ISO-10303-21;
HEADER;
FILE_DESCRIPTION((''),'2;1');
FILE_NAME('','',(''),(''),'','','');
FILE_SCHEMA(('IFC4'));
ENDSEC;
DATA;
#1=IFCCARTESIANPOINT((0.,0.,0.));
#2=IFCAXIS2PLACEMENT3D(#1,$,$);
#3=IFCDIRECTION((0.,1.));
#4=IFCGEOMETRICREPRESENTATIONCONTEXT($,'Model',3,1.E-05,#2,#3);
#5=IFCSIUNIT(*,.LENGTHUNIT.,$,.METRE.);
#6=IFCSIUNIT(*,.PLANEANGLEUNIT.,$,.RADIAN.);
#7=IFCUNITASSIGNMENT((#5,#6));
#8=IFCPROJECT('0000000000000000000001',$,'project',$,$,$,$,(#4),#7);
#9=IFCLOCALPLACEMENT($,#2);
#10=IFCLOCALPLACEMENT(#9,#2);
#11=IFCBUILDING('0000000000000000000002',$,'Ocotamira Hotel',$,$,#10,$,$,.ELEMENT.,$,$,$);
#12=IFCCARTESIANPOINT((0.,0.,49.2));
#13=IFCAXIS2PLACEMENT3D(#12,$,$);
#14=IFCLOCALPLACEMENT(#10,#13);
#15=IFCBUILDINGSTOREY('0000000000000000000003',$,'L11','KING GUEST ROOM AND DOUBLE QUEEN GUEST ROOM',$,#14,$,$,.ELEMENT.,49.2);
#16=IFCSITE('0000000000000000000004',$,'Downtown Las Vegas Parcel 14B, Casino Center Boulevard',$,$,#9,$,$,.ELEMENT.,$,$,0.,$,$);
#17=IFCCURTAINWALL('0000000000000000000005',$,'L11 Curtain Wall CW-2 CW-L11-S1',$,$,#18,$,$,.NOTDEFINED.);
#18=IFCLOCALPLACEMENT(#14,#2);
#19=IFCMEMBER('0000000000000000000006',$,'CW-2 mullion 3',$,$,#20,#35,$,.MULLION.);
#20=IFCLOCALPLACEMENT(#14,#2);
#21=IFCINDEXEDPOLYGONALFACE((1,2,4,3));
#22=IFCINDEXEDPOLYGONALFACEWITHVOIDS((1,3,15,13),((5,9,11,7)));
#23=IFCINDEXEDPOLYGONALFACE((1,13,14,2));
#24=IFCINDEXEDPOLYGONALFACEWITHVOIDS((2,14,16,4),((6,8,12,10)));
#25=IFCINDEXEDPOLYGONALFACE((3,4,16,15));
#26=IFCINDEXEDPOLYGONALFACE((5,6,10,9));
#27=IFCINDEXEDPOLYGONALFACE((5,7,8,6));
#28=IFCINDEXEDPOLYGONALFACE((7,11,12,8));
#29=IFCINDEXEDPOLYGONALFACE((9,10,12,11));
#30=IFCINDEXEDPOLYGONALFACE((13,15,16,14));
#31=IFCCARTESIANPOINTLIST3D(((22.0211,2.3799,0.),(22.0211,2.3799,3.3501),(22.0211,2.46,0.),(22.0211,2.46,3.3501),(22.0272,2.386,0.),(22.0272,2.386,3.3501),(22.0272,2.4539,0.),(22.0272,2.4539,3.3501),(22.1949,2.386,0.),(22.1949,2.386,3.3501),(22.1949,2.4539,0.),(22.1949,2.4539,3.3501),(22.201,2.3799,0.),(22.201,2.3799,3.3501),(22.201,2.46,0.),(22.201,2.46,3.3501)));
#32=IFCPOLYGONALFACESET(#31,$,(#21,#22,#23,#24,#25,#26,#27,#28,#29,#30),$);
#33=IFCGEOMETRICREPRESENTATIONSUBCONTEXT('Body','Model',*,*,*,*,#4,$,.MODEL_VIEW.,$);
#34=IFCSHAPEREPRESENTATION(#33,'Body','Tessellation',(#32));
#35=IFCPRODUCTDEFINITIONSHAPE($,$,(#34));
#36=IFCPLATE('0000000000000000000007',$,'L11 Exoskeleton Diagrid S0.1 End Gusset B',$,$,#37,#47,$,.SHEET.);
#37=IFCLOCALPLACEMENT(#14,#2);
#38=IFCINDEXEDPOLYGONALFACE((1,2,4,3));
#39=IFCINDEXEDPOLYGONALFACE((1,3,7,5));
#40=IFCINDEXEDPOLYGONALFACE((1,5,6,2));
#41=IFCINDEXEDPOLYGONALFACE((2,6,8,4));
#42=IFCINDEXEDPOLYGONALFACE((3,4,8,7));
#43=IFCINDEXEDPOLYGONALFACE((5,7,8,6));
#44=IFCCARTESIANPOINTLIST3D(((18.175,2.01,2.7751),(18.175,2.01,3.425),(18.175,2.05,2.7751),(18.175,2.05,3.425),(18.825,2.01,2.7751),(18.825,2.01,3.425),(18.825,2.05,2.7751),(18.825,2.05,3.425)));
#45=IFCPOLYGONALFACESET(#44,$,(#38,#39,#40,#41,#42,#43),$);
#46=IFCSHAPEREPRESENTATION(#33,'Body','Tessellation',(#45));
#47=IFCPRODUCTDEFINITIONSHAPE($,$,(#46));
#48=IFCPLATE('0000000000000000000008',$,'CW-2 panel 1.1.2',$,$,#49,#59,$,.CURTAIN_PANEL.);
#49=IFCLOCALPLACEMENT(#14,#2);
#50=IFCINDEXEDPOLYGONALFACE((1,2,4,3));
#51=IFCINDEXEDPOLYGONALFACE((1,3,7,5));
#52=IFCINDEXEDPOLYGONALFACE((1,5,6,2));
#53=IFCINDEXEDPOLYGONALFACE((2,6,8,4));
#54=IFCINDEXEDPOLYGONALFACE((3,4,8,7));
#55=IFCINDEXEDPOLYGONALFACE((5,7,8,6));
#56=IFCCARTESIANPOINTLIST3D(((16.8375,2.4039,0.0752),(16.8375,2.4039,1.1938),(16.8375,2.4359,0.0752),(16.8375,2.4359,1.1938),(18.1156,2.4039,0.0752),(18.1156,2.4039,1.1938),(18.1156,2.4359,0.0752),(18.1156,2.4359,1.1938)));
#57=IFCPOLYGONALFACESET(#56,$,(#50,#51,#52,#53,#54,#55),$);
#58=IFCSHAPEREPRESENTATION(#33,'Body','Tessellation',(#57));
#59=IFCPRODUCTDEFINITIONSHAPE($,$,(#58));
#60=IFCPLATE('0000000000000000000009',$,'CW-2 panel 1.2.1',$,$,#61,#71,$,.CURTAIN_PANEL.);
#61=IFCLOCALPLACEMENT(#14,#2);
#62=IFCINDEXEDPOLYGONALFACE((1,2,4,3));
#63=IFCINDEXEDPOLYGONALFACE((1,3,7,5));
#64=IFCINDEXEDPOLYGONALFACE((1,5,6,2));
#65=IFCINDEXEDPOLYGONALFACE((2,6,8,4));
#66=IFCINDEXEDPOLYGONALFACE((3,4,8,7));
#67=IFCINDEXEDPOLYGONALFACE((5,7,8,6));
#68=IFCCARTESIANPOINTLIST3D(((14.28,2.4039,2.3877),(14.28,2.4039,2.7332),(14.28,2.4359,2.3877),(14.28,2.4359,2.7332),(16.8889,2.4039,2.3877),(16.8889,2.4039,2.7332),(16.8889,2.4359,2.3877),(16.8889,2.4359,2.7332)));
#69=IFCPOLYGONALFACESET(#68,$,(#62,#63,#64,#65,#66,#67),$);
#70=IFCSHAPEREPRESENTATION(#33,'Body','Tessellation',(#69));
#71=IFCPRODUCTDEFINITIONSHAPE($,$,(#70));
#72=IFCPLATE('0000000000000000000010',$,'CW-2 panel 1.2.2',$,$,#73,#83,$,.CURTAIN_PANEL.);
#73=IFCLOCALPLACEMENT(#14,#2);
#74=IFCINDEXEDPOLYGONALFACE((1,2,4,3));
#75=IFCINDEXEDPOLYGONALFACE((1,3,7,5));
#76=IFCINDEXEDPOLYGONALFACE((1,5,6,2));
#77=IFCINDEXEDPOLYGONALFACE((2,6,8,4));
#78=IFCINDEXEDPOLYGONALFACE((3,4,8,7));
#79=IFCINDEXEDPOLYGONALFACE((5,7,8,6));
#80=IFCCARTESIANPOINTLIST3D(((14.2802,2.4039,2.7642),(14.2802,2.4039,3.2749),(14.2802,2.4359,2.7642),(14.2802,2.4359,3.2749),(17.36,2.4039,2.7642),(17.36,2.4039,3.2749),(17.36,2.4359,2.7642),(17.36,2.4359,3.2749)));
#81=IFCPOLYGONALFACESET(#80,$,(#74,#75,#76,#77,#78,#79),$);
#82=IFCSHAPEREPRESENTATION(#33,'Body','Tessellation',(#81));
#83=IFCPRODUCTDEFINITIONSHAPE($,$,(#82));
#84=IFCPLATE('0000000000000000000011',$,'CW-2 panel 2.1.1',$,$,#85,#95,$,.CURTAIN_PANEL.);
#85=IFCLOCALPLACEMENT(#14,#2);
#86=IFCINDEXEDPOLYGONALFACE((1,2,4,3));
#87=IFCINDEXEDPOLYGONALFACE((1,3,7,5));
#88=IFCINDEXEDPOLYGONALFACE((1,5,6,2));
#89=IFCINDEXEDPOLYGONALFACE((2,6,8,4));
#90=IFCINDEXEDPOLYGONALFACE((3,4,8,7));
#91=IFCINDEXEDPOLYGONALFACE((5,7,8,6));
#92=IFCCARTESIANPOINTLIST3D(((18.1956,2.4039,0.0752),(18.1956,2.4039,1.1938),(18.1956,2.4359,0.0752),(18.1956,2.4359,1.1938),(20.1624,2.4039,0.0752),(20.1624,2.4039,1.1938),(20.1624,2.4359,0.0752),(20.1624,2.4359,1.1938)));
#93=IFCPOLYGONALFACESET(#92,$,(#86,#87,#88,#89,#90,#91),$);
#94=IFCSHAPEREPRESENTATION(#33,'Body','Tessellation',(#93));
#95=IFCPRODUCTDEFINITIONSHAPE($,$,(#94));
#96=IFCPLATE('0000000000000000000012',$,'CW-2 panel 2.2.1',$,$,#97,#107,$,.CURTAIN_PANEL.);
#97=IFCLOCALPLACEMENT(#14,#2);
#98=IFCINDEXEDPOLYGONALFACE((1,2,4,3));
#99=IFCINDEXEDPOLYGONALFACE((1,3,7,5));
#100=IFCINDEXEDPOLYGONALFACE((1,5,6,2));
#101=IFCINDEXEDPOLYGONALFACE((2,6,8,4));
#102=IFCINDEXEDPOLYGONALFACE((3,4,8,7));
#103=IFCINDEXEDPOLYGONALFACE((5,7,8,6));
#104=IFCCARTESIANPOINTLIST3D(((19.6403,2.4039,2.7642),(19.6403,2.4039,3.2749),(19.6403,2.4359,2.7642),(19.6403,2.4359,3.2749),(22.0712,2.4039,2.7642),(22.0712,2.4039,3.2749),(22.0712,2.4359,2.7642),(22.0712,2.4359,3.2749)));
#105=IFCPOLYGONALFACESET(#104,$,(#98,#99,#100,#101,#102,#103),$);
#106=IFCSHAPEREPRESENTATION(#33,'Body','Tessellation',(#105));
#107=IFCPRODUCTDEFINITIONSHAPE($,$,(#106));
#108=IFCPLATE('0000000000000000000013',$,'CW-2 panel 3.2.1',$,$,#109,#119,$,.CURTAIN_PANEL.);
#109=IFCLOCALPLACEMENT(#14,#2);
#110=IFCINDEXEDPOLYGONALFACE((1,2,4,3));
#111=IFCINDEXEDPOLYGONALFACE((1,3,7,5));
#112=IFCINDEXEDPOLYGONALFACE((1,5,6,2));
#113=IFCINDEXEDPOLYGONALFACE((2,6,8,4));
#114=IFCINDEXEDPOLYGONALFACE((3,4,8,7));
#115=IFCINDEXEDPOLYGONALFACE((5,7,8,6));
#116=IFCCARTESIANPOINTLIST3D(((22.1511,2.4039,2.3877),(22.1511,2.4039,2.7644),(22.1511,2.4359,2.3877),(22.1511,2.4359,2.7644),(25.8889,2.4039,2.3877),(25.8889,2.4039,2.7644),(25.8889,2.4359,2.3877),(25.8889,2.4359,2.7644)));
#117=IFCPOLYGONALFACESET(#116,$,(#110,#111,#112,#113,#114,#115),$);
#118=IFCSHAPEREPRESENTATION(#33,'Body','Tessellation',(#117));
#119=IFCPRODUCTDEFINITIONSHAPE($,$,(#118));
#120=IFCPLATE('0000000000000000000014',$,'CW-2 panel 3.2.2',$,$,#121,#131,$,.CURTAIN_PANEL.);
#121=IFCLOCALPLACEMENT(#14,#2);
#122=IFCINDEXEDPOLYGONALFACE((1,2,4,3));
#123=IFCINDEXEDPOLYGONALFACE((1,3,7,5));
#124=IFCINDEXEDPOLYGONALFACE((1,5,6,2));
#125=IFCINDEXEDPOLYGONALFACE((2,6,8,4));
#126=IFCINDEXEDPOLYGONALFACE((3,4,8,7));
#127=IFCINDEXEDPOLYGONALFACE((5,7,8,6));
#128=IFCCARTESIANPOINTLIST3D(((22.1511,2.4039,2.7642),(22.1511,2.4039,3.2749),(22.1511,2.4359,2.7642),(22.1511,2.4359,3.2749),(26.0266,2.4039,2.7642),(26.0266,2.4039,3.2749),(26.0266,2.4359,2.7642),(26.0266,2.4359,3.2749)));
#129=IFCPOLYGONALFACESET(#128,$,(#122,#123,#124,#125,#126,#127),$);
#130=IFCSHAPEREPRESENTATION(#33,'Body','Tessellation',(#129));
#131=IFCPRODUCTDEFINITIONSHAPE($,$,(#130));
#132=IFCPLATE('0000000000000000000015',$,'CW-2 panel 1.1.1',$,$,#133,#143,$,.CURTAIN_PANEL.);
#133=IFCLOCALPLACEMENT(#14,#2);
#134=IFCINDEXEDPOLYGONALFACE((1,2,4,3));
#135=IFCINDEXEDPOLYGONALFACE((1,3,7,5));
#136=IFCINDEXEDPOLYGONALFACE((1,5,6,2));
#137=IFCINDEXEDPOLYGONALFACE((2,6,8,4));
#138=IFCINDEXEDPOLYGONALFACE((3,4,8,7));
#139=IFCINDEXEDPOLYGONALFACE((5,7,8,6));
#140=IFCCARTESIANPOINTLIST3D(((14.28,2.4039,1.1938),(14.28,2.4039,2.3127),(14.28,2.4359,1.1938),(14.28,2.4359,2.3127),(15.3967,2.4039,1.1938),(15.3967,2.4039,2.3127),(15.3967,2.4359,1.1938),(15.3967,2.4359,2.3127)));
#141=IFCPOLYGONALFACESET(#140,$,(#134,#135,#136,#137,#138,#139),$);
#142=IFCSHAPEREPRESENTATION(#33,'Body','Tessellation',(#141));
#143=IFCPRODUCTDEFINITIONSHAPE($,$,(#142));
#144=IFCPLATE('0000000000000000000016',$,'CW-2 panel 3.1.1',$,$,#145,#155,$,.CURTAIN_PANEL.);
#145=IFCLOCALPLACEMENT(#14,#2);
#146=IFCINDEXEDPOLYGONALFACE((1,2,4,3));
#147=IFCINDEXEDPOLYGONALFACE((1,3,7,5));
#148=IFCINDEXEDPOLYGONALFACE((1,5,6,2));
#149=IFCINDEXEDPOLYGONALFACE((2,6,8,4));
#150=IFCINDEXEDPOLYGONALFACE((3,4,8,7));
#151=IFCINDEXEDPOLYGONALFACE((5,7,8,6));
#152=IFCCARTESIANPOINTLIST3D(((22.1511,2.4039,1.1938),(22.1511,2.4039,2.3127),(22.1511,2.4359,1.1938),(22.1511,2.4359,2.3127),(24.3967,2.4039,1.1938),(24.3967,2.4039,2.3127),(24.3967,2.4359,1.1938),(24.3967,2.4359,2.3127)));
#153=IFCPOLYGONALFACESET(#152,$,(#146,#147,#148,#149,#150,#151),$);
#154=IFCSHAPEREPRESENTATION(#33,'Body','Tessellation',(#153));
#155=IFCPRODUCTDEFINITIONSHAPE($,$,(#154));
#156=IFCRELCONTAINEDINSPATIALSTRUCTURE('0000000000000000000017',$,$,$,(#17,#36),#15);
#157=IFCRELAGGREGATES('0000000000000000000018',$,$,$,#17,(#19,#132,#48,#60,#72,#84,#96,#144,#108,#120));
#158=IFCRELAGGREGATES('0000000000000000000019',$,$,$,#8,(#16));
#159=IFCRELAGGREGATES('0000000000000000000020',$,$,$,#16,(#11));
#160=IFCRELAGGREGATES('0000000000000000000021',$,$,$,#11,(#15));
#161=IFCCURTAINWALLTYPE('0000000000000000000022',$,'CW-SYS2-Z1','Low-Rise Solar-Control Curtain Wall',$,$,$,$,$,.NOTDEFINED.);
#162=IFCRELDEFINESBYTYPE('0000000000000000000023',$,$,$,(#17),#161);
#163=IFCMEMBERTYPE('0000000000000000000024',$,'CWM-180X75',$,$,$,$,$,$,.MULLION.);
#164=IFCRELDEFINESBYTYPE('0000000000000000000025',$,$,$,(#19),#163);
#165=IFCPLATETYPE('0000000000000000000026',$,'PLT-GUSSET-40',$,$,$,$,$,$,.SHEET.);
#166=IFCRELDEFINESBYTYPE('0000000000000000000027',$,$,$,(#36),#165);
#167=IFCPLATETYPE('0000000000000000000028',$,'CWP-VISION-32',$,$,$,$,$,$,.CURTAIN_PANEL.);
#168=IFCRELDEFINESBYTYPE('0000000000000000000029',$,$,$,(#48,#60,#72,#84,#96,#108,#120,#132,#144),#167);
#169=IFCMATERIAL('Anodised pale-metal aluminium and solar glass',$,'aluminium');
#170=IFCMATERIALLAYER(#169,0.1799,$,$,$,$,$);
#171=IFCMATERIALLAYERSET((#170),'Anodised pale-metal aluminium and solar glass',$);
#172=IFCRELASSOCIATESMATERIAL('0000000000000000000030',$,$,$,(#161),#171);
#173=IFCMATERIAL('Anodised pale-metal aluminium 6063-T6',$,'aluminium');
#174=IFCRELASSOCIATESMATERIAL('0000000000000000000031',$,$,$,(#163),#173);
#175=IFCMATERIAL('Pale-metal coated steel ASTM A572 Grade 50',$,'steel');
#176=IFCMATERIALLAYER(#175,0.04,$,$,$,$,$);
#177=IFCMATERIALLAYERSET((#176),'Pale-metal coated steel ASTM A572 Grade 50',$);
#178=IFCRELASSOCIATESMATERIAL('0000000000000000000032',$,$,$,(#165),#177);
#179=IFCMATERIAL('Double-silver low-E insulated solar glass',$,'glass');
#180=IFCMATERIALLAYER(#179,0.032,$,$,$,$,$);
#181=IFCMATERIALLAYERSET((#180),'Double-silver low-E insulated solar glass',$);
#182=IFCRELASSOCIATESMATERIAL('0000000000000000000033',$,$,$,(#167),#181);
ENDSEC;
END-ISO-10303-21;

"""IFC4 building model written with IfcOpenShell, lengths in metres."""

from ifc_helpers import new_model, si_unit, direction, frame, origin, origin_2d, place, context, subcontext, project, spatial, rectangle, hollow_rectangle, extrude, source, transform, mapped, material, layer, layer_set, material_profile, profile_set, type_object, element, aggregate, save


model = new_model("IFC4")

# Units and contexts
model_context = context("Model", 3, precision=1e-05, world=origin(), true_north=direction((0.0, 1.0)))
body_context = subcontext(model_context, "Body", "Model", "MODEL_VIEW")
ifc_project = project(units=[si_unit("LENGTHUNIT", "METRE"), si_unit("PLANEANGLEUNIT", "RADIAN")], contexts=[model_context])

# Site, building, storey
site_placement = place(None, origin())
site = spatial("IfcSite", under=ifc_project, at=site_placement, Name="Downtown Las Vegas Parcel 14B, Casino Center Boulevard", CompositionType="ELEMENT", RefElevation=0.0)
building_placement = place(site_placement, origin())
building = spatial("IfcBuilding", under=site, at=building_placement, Name="Ocotamira Hotel", CompositionType="ELEMENT")
storey_placement = place(building_placement, frame((0.0, 0.0, 49.2)))
storey = spatial("IfcBuildingStorey", under=building, at=storey_placement, Name="L11", Description="KING GUEST ROOM AND DOUBLE QUEEN GUEST ROOM", CompositionType="ELEMENT", Elevation=49.2)

# Curtain wall, member
ifc_material_1 = material(Name="Anodised pale-metal aluminium and solar glass", Category="aluminium")
ifc_layer_1 = layer(ifc_material_1, 0.1799)
ifc_layer_set_1 = layer_set([ifc_layer_1], Name="Anodised pale-metal aluminium and solar glass")
curtain_wall_type = type_object("IfcCurtainWallType", Name="CW-SYS2-Z1", Description="Low-Rise Solar-Control Curtain Wall", PredefinedType="NOTDEFINED", material=ifc_layer_set_1)
curtain_wall_placement = place(storey_placement, origin())
curtain_wall = element("IfcCurtainWall", 1, at=curtain_wall_placement, inside=storey, type_object=curtain_wall_type, Name="L11 Curtain Wall CW-2 CW-L11-S1", PredefinedType="NOTDEFINED")
ifc_material_2 = material(Name="Anodised pale-metal aluminium 6063-T6", Category="aluminium")
ifc_material_profile_1 = material_profile(ifc_material_2, hollow_rectangle(XDim=0.0801, YDim=0.1799, WallThickness=0.0061, at=origin_2d()), Name="HSS180X80X6")
ifc_profile_set_1 = profile_set([ifc_material_profile_1], Name="Anodised pale-metal aluminium 6063-T6")
member_type_1 = type_object("IfcMemberType", Name="CWM-180X75", PredefinedType="MULLION", material=ifc_profile_set_1)
shared_shape_1 = source(origin(), body_context, "Body", "SweptSolid", [
    extrude(hollow_rectangle(XDim=0.0801, YDim=0.1799, WallThickness=0.0061, at=origin_2d()), origin(), (0.0, 0.0, 1.0), 3.3501),
])
member_1_placement = place(storey_placement, frame((22.1111, 2.4199, 0.0), z_axis=(0.0, 0.0, 1.0), x_axis=(0.0, 1.0, 0.0)))
member_1 = element("IfcMember", 2, at=member_1_placement, type_object=member_type_1, Name="CW-2 mullion 3", PredefinedType="MULLION", context=body_context, shape_type="MappedRepresentation", body=[
    mapped(shared_shape_1, transform((0.0, 0.0, 0.0), scale=1.0)),
])

# Plates
ifc_material_3 = material(Name="Pale-metal coated steel ASTM A572 Grade 50", Category="steel")
ifc_layer_2 = layer(ifc_material_3, 0.04)
ifc_layer_set_2 = layer_set([ifc_layer_2], Name="Pale-metal coated steel ASTM A572 Grade 50")
plate_type_1 = type_object("IfcPlateType", Name="PLT-GUSSET-40", PredefinedType="SHEET", material=ifc_layer_set_2)
shared_shape_2 = source(origin(), body_context, "Body", "SweptSolid", [
    extrude(rectangle(XDim=0.6499, YDim=0.04, at=origin_2d()), origin(), (0.0, 0.0, 1.0), 0.6499),
])
plate_1_placement = place(storey_placement, frame((18.5, 2.03, 2.7751), z_axis=(0.0, 0.0, 1.0), x_axis=(1.0, 0.0, 0.0)))
element("IfcPlate", 3, at=plate_1_placement, inside=storey, type_object=plate_type_1, Name="L11 Exoskeleton Diagrid S0.1 End Gusset B", PredefinedType="SHEET", context=body_context, shape_type="MappedRepresentation", body=[
    mapped(shared_shape_2, transform((0.0, 0.0, 0.0), scale=1.0)),
])
ifc_material_4 = material(Name="Double-silver low-E insulated solar glass", Category="glass")
ifc_layer_3 = layer(ifc_material_4, 0.032)
ifc_layer_set_3 = layer_set([ifc_layer_3], Name="Double-silver low-E insulated solar glass")
plate_type_2 = type_object("IfcPlateType", Name="CWP-VISION-32", PredefinedType="CURTAIN_PANEL", material=ifc_layer_set_3)
shared_shape_3 = source(origin(), body_context, "Body", "SweptSolid", [
    extrude(rectangle(XDim=1.2781, YDim=0.032, at=origin_2d()), origin(), (0.0, 0.0, 1.0), 1.1187),
])
plate_2_placement = place(storey_placement, frame((17.4766, 2.4199, 0.0752), z_axis=(0.0, 0.0, 1.0), x_axis=(1.0, 0.0, 0.0)))
plate_2 = element("IfcPlate", 4, at=plate_2_placement, type_object=plate_type_2, Name="CW-2 panel 1.1.2", PredefinedType="CURTAIN_PANEL", context=body_context, shape_type="MappedRepresentation", body=[
    mapped(shared_shape_3, transform((0.0, 0.0, 0.0), scale=1.0)),
])
shared_shape_4 = source(origin(), body_context, "Body", "SweptSolid", [
    extrude(rectangle(XDim=2.6089, YDim=0.032, at=origin_2d()), origin(), (0.0, 0.0, 1.0), 0.3455),
])
plate_3_placement = place(storey_placement, frame((15.5845, 2.4199, 2.3877), z_axis=(0.0, 0.0, 1.0), x_axis=(1.0, 0.0, 0.0)))
plate_3 = element("IfcPlate", 5, at=plate_3_placement, type_object=plate_type_2, Name="CW-2 panel 1.2.1", PredefinedType="CURTAIN_PANEL", context=body_context, shape_type="MappedRepresentation", body=[
    mapped(shared_shape_4, transform((0.0, 0.0, 0.0), scale=1.0)),
])
shared_shape_5 = source(origin(), body_context, "Body", "SweptSolid", [
    extrude(rectangle(XDim=3.0798, YDim=0.032, at=origin_2d()), origin(), (0.0, 0.0, 1.0), 0.5107),
])
plate_4_placement = place(storey_placement, frame((15.8201, 2.4199, 2.7642), z_axis=(0.0, 0.0, 1.0), x_axis=(1.0, 0.0, 0.0)))
plate_4 = element("IfcPlate", 6, at=plate_4_placement, type_object=plate_type_2, Name="CW-2 panel 1.2.2", PredefinedType="CURTAIN_PANEL", context=body_context, shape_type="MappedRepresentation", body=[
    mapped(shared_shape_5, transform((0.0, 0.0, 0.0), scale=1.0)),
])
shared_shape_6 = source(origin(), body_context, "Body", "SweptSolid", [
    extrude(rectangle(XDim=1.9668, YDim=0.032, at=origin_2d()), origin(), (0.0, 0.0, 1.0), 1.1187),
])
plate_5_placement = place(storey_placement, frame((19.179, 2.4199, 0.0752), z_axis=(0.0, 0.0, 1.0), x_axis=(1.0, 0.0, 0.0)))
plate_5 = element("IfcPlate", 7, at=plate_5_placement, type_object=plate_type_2, Name="CW-2 panel 2.1.1", PredefinedType="CURTAIN_PANEL", context=body_context, shape_type="MappedRepresentation", body=[
    mapped(shared_shape_6, transform((0.0, 0.0, 0.0), scale=1.0)),
])
shared_shape_7 = source(origin(), body_context, "Body", "SweptSolid", [
    extrude(rectangle(XDim=2.4309, YDim=0.032, at=origin_2d()), origin(), (0.0, 0.0, 1.0), 0.5107),
])
plate_6_placement = place(storey_placement, frame((20.8557, 2.4199, 2.7642), z_axis=(0.0, 0.0, 1.0), x_axis=(1.0, 0.0, 0.0)))
plate_6 = element("IfcPlate", 8, at=plate_6_placement, type_object=plate_type_2, Name="CW-2 panel 2.2.1", PredefinedType="CURTAIN_PANEL", context=body_context, shape_type="MappedRepresentation", body=[
    mapped(shared_shape_7, transform((0.0, 0.0, 0.0), scale=1.0)),
])
shared_shape_8 = source(origin(), body_context, "Body", "SweptSolid", [
    extrude(rectangle(XDim=3.7378, YDim=0.032, at=origin_2d()), origin(), (0.0, 0.0, 1.0), 0.3767),
])
plate_7_placement = place(storey_placement, frame((24.02, 2.4199, 2.3877), z_axis=(0.0, 0.0, 1.0), x_axis=(1.0, 0.0, 0.0)))
plate_7 = element("IfcPlate", 9, at=plate_7_placement, type_object=plate_type_2, Name="CW-2 panel 3.2.1", PredefinedType="CURTAIN_PANEL", context=body_context, shape_type="MappedRepresentation", body=[
    mapped(shared_shape_8, transform((0.0, 0.0, 0.0), scale=1.0)),
])
shared_shape_9 = source(origin(), body_context, "Body", "SweptSolid", [
    extrude(rectangle(XDim=3.8755, YDim=0.032, at=origin_2d()), origin(), (0.0, 0.0, 1.0), 0.5107),
])
plate_8_placement = place(storey_placement, frame((24.0889, 2.4199, 2.7642), z_axis=(0.0, 0.0, 1.0), x_axis=(1.0, 0.0, 0.0)))
plate_8 = element("IfcPlate", 10, at=plate_8_placement, type_object=plate_type_2, Name="CW-2 panel 3.2.2", PredefinedType="CURTAIN_PANEL", context=body_context, shape_type="MappedRepresentation", body=[
    mapped(shared_shape_9, transform((0.0, 0.0, 0.0), scale=1.0)),
])
shared_shape_10 = source(origin(), body_context, "Body", "SweptSolid", [
    extrude(rectangle(XDim=1.1167, YDim=0.032, at=origin_2d()), origin(), (0.0, 0.0, 1.0), 1.1189),
])
plate_9_placement = place(storey_placement, frame((14.8384, 2.4199, 1.1938), z_axis=(0.0, 0.0, 1.0), x_axis=(1.0, 0.0, 0.0)))
plate_9 = element("IfcPlate", 11, at=plate_9_placement, type_object=plate_type_2, Name="CW-2 panel 1.1.1", PredefinedType="CURTAIN_PANEL", context=body_context, shape_type="MappedRepresentation", body=[
    mapped(shared_shape_10, transform((0.0, 0.0, 0.0), scale=1.0)),
])
shared_shape_11 = source(origin(), body_context, "Body", "SweptSolid", [
    extrude(rectangle(XDim=2.2456, YDim=0.032, at=origin_2d()), origin(), (0.0, 0.0, 1.0), 1.1189),
])
plate_10_placement = place(storey_placement, frame((23.2739, 2.4199, 1.1938), z_axis=(0.0, 0.0, 1.0), x_axis=(1.0, 0.0, 0.0)))
plate_10 = element("IfcPlate", 12, at=plate_10_placement, type_object=plate_type_2, Name="CW-2 panel 3.1.1", PredefinedType="CURTAIN_PANEL", context=body_context, shape_type="MappedRepresentation", body=[
    mapped(shared_shape_11, transform((0.0, 0.0, 0.0), scale=1.0)),
])
aggregate(curtain_wall, [member_1, plate_9, plate_2, plate_3, plate_4, plate_5, plate_6, plate_10, plate_7, plate_8])

save(model, "model.ifc")
